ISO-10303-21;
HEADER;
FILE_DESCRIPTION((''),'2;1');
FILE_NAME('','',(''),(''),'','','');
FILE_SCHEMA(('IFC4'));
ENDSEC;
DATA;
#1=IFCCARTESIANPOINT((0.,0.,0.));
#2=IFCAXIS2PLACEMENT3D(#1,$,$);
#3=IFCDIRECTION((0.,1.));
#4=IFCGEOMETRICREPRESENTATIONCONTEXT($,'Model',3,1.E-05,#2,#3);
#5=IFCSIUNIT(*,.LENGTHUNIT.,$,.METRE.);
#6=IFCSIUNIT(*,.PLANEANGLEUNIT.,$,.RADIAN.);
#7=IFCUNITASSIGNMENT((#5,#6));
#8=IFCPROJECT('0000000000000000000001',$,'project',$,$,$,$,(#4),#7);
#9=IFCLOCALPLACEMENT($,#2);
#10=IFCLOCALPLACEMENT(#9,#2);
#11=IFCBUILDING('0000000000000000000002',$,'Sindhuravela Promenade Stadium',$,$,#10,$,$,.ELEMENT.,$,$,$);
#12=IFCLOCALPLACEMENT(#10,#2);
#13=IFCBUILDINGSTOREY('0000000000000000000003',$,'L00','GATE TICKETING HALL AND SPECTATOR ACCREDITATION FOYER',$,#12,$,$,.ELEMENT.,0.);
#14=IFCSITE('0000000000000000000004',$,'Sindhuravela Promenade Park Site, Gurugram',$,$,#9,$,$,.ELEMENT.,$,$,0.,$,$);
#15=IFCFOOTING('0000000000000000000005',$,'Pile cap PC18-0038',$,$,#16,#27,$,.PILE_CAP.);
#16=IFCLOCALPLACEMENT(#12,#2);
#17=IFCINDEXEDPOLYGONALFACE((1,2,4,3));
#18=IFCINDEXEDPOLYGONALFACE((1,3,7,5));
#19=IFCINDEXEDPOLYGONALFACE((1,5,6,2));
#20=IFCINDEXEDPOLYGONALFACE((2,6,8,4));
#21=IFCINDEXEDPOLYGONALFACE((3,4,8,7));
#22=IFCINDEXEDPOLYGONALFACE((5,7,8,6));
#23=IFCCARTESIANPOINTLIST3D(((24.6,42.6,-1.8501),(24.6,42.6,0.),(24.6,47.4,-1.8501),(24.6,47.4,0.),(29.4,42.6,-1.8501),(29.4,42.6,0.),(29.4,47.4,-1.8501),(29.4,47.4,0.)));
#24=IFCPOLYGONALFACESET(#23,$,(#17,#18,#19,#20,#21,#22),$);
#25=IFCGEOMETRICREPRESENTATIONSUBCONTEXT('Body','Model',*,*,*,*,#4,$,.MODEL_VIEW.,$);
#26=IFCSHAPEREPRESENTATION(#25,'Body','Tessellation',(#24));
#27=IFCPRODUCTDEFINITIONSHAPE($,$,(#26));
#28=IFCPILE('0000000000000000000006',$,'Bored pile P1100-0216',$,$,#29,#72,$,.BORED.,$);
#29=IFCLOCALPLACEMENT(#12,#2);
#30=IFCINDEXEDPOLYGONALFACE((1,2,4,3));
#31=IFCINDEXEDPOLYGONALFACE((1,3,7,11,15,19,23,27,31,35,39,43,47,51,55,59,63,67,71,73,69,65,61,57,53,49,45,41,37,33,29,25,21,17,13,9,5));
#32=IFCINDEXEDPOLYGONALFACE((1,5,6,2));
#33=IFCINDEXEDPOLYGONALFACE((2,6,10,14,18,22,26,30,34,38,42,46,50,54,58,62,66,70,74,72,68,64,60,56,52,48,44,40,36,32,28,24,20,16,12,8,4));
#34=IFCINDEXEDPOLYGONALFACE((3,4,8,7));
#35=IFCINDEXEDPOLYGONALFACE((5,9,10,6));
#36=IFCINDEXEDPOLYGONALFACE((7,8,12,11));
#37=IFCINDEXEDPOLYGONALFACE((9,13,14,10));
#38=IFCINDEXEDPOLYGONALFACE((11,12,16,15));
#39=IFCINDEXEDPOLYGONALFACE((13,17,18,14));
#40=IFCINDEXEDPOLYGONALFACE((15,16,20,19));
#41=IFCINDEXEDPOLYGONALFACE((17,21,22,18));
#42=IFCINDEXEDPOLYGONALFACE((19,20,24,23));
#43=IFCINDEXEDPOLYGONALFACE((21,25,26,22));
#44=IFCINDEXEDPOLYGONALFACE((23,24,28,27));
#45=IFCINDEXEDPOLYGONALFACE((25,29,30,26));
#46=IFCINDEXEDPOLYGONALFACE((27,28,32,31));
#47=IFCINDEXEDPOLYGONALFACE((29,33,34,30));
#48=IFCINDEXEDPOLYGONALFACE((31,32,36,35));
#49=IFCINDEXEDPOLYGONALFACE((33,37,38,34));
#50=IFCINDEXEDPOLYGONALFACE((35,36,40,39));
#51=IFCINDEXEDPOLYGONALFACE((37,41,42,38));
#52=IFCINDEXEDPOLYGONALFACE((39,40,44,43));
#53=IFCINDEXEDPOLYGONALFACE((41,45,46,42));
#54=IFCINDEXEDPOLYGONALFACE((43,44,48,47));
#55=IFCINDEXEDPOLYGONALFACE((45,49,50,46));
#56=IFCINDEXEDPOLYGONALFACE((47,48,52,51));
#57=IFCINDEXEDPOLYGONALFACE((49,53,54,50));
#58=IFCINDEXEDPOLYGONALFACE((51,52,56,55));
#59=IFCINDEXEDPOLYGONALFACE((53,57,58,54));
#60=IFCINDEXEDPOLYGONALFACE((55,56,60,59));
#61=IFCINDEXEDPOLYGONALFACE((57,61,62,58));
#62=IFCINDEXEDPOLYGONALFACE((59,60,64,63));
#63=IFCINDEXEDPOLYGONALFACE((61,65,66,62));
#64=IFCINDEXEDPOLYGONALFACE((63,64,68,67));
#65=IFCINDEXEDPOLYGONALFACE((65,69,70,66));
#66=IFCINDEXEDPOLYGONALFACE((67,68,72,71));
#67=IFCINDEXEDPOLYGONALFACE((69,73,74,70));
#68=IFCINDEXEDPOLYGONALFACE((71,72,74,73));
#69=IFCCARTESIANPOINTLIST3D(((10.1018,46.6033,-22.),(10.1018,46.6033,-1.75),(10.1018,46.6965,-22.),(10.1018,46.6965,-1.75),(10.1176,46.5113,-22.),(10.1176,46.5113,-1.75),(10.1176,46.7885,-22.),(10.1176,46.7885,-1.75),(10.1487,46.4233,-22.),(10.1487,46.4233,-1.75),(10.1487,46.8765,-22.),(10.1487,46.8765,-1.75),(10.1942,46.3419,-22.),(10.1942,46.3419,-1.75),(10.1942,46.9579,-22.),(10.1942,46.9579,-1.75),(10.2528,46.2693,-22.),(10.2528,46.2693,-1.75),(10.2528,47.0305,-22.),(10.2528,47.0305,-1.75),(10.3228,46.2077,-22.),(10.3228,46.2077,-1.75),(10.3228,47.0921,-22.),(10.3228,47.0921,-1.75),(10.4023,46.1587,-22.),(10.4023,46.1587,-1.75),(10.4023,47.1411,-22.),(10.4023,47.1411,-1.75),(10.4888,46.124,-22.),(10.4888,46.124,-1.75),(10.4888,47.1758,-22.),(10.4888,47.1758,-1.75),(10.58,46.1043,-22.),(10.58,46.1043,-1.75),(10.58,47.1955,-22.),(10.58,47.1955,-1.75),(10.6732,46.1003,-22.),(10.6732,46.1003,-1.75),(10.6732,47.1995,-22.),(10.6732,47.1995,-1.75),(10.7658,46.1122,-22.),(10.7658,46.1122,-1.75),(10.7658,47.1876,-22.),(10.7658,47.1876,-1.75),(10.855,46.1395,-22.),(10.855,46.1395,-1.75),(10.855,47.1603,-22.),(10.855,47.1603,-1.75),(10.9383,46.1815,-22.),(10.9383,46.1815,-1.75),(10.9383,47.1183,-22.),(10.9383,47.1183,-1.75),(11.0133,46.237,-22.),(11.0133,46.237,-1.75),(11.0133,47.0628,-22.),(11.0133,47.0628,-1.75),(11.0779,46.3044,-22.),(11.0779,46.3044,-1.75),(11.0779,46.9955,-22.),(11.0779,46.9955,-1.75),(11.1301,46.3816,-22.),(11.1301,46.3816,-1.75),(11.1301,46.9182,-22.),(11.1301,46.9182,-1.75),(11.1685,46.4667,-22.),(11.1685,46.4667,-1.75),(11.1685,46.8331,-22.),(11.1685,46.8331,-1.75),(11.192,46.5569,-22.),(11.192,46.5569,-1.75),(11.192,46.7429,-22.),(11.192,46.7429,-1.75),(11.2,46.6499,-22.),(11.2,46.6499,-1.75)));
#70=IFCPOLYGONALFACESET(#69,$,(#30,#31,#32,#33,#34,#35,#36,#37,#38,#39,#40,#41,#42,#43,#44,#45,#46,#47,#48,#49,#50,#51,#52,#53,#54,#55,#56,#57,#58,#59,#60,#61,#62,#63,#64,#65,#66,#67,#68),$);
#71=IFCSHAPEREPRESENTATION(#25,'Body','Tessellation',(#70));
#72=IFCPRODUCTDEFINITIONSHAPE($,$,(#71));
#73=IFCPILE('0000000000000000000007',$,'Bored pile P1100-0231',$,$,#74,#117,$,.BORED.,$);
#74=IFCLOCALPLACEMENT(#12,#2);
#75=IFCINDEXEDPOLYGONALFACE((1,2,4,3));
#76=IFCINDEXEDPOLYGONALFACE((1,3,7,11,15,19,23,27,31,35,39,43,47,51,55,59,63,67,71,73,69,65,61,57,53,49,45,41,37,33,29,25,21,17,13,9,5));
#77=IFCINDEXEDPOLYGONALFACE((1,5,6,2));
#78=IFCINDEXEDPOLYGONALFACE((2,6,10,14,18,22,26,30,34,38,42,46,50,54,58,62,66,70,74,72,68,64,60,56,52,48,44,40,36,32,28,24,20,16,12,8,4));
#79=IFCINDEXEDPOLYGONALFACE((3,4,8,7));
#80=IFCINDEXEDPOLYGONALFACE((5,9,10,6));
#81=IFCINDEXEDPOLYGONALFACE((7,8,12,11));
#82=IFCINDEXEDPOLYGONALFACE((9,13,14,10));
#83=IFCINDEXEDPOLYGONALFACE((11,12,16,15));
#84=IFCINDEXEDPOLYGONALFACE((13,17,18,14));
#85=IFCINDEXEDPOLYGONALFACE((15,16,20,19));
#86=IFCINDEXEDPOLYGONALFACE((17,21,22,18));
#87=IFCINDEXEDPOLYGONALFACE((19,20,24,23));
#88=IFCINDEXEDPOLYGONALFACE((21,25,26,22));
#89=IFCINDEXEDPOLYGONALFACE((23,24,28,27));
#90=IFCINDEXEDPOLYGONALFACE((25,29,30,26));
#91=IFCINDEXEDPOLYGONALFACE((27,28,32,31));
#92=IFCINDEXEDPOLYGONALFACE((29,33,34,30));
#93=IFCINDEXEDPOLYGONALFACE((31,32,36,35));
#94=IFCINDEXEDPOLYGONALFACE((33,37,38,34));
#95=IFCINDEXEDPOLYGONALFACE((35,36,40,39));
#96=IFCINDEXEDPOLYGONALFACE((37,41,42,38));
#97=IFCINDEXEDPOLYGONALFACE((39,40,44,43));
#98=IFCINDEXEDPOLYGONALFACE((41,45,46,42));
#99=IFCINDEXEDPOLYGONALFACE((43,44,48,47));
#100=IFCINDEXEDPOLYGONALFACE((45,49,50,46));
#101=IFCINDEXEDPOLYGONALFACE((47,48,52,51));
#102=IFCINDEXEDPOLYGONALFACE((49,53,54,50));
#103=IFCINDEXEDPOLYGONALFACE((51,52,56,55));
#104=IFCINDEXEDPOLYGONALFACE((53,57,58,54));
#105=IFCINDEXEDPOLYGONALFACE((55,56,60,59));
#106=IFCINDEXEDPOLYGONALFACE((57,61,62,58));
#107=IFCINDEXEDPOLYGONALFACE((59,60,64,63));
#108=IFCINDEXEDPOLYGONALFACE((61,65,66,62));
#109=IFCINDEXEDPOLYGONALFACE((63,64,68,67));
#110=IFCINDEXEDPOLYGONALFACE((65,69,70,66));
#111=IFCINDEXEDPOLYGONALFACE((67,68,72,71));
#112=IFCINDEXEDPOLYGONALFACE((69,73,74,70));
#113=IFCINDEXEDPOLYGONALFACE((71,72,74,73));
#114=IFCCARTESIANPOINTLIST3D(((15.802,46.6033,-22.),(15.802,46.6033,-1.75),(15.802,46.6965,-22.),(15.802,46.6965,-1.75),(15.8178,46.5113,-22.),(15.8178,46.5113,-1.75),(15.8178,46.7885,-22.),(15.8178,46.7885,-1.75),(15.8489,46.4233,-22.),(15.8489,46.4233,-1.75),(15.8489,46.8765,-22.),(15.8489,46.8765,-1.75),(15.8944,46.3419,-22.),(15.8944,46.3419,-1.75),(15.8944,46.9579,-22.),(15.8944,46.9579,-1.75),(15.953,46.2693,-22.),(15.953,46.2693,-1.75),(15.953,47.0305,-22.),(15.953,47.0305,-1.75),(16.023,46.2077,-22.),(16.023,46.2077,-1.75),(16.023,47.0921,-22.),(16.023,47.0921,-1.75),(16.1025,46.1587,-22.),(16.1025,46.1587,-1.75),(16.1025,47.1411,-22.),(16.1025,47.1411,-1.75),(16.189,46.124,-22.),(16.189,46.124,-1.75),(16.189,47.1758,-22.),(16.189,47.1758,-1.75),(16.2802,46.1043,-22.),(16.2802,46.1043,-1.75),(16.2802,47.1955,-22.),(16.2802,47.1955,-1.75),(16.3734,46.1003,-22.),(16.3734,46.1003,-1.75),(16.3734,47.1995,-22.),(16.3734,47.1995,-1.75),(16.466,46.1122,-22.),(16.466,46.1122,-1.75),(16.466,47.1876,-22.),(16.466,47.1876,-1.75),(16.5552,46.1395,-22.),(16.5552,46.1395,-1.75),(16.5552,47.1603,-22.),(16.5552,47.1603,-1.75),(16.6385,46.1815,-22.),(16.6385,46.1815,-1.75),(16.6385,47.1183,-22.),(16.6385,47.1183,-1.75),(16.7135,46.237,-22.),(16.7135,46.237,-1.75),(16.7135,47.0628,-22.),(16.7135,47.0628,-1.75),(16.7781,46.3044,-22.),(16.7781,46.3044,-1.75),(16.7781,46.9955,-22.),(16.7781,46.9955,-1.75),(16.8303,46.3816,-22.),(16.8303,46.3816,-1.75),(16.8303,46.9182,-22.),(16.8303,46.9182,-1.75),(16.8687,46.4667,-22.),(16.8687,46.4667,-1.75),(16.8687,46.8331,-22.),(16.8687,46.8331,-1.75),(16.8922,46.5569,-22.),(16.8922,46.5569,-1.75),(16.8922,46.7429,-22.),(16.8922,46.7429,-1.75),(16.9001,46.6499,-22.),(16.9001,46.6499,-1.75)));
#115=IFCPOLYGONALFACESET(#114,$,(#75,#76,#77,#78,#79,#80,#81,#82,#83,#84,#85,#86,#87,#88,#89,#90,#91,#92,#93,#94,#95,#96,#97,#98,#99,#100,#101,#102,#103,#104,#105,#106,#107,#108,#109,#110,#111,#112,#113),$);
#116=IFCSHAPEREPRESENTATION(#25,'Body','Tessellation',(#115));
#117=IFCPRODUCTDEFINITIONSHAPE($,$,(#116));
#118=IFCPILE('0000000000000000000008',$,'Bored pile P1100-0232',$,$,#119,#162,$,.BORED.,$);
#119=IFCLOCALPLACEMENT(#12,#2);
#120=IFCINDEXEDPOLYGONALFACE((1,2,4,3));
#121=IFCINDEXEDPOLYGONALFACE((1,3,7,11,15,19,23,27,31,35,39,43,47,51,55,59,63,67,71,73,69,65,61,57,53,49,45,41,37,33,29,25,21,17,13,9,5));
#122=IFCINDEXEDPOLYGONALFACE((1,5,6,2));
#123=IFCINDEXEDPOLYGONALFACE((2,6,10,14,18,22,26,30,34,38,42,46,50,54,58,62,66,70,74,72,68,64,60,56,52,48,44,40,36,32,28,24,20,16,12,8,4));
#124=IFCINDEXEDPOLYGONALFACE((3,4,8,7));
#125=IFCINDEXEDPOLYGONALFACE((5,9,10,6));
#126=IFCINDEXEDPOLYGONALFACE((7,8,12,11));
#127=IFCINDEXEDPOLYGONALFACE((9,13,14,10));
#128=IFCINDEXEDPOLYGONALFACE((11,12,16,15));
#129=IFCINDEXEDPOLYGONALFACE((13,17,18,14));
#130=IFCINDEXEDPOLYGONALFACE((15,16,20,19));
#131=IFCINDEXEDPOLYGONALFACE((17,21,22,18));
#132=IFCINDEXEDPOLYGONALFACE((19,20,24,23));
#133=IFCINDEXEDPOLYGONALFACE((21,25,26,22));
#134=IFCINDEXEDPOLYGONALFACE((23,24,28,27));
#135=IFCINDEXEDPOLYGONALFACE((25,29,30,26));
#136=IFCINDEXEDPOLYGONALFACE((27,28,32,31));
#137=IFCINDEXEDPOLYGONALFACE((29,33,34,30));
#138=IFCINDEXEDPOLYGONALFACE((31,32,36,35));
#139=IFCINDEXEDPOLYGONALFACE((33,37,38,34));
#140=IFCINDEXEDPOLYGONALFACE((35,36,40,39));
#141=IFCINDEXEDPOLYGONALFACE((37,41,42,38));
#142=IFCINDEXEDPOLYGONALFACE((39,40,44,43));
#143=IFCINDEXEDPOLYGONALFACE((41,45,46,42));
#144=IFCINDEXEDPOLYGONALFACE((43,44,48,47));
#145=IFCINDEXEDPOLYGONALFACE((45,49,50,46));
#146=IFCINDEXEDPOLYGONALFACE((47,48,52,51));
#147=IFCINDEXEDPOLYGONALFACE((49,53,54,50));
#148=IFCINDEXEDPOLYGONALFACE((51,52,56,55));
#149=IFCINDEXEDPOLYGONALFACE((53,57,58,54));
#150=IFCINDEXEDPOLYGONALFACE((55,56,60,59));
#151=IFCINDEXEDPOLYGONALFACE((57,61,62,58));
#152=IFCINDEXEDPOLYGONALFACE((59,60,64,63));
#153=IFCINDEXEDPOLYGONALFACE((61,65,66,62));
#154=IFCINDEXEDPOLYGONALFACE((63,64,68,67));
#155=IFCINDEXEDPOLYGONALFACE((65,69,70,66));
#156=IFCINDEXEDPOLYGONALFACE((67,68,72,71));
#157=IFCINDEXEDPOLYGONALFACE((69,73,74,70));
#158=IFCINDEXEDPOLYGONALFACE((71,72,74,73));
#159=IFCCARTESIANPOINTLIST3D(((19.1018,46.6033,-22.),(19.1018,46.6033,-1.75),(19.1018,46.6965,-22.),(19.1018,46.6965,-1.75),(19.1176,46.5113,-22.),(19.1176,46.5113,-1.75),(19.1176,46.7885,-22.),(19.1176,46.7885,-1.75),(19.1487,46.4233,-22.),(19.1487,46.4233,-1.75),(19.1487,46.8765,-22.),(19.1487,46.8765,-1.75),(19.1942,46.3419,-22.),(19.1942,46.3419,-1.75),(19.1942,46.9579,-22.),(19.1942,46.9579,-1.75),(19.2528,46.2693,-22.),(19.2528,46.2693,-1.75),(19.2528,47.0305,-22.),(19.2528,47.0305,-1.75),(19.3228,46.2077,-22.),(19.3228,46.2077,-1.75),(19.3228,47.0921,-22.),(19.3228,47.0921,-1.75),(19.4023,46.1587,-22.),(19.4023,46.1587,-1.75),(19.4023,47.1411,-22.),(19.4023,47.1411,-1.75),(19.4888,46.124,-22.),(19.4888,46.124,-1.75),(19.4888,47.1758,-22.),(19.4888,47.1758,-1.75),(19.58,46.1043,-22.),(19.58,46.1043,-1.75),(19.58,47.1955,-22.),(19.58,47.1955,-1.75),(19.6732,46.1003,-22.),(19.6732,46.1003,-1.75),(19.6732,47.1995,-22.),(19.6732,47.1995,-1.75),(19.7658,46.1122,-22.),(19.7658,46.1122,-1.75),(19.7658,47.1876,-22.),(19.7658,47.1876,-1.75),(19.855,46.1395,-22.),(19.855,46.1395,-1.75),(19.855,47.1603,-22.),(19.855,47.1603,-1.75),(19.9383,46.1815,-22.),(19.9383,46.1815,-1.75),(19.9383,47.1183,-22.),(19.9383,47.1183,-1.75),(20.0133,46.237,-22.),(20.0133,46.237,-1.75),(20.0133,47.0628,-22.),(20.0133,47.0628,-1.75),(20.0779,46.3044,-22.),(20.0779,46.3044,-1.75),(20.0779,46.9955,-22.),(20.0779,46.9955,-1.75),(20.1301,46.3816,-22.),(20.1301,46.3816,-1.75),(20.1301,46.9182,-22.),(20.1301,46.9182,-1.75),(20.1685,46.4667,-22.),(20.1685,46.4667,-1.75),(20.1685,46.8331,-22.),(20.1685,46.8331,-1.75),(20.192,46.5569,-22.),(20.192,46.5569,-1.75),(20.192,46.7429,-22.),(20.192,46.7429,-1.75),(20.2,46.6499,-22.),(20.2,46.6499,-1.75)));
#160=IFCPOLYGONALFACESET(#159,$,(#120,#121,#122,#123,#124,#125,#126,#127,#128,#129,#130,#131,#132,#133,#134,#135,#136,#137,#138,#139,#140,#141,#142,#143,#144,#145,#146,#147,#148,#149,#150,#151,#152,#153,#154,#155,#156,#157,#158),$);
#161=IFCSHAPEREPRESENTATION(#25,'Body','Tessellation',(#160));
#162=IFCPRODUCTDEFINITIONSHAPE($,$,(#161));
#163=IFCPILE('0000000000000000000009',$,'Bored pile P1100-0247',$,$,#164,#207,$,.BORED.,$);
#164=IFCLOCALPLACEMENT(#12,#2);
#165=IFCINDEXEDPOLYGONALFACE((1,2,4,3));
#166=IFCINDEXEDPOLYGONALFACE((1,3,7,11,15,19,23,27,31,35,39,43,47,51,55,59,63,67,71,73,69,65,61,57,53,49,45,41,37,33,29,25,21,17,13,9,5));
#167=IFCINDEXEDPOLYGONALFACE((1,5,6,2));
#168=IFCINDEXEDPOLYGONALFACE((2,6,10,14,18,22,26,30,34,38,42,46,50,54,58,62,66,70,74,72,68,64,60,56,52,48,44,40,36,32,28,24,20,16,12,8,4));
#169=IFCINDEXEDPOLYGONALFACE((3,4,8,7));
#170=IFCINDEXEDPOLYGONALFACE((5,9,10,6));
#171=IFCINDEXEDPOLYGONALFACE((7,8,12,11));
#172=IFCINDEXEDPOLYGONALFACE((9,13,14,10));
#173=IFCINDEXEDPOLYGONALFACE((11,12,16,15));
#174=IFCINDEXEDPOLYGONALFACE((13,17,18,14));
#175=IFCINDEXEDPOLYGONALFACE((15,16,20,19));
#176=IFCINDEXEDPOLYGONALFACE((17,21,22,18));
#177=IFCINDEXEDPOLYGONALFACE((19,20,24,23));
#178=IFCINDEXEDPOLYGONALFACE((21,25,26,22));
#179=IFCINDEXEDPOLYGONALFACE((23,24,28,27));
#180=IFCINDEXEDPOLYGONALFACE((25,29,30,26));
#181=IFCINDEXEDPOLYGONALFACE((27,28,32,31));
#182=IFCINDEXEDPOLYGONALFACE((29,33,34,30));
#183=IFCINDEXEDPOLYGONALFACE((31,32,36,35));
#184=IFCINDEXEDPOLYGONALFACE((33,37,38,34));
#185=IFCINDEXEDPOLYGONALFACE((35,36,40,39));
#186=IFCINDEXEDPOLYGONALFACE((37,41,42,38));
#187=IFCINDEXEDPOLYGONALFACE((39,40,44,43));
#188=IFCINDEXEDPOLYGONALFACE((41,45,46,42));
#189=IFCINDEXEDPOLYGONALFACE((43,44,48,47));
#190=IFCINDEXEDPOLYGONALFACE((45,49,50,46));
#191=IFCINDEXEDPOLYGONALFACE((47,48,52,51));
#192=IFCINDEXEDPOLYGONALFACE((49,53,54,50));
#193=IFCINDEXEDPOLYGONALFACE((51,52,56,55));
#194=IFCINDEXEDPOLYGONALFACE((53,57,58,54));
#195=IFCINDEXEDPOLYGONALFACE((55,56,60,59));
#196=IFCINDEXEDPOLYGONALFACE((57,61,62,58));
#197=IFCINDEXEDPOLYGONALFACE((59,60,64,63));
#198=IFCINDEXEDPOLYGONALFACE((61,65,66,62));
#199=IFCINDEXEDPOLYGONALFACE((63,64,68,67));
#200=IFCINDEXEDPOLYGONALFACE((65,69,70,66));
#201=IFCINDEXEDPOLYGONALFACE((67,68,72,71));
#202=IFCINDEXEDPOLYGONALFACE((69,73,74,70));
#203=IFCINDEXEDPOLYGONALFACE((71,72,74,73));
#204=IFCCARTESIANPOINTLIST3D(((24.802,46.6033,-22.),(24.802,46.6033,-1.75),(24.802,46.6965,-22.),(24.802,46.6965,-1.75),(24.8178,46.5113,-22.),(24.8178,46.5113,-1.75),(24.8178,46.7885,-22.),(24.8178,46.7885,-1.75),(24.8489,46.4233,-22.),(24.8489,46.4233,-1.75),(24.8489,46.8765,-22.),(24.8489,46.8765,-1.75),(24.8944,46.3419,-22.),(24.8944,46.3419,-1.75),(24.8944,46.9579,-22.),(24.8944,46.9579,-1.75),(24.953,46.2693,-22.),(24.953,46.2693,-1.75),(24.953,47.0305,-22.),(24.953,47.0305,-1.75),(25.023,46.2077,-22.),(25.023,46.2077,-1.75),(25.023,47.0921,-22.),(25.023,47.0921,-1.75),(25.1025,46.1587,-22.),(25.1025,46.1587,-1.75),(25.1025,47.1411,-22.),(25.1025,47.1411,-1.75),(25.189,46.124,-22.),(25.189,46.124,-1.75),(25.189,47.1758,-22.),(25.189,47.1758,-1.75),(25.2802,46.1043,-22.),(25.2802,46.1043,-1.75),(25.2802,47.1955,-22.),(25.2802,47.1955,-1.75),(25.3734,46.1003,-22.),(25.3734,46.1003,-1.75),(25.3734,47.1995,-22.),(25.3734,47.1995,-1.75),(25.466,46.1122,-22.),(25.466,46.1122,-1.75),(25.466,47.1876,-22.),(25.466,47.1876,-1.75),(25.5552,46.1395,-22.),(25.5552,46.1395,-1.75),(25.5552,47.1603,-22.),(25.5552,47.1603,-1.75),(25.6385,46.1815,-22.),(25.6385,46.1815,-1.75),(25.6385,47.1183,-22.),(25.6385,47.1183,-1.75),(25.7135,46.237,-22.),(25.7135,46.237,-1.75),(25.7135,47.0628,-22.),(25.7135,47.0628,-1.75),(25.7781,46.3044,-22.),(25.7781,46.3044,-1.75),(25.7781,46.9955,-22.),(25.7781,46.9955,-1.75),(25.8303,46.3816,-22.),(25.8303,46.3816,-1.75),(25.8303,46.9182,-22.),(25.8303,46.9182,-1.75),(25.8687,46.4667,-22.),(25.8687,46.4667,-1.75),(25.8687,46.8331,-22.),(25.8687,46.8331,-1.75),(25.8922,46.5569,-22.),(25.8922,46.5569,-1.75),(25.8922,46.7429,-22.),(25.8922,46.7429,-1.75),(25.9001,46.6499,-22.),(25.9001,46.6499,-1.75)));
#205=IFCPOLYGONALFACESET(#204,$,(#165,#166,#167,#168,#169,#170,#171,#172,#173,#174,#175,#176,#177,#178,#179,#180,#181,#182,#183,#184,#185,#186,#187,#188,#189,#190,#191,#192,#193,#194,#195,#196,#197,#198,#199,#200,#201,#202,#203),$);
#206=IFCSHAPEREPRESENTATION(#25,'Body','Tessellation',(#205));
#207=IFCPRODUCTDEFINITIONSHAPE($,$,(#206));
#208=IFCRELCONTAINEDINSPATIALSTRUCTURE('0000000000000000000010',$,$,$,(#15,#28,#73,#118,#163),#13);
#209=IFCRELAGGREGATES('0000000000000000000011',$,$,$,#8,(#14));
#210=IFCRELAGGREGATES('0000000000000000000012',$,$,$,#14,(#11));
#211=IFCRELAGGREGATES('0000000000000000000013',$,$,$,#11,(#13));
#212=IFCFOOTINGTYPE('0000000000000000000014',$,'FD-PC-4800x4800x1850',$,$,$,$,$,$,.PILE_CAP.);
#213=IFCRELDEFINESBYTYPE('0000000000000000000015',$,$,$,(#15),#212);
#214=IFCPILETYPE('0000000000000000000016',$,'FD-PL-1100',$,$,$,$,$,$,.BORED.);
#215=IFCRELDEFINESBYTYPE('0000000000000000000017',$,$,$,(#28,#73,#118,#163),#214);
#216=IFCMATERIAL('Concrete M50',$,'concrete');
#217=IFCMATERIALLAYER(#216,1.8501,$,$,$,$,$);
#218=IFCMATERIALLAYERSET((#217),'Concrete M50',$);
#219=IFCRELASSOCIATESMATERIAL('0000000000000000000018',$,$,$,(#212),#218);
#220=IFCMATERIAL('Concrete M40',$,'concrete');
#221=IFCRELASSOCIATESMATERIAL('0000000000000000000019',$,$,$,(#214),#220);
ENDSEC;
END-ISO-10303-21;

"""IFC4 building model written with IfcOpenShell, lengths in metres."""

from ifc_helpers import new_model, si_unit, direction, frame, origin, origin_2d, place, context, subcontext, project, spatial, rectangle, circle, extrude, material, layer, layer_set, material_profile, profile_set, type_object, element, save


model = new_model("IFC4")

# Units and contexts
model_context = context("Model", 3, precision=1e-05, world=origin(), true_north=direction((0.0, 1.0)))
body_context = subcontext(model_context, "Body", "Model", "MODEL_VIEW")
ifc_project = project(units=[si_unit("LENGTHUNIT", "METRE"), si_unit("PLANEANGLEUNIT", "RADIAN")], contexts=[model_context])

# Site, building, storey
site_placement = place(None, origin())
site = spatial("IfcSite", under=ifc_project, at=site_placement, Name="Sindhuravela Promenade Park Site, Gurugram", CompositionType="ELEMENT", RefElevation=0.0)
building_placement = place(site_placement, origin())
building = spatial("IfcBuilding", under=site, at=building_placement, Name="Sindhuravela Promenade Stadium", CompositionType="ELEMENT")
storey_placement = place(building_placement, origin())
storey = spatial("IfcBuildingStorey", under=building, at=storey_placement, Name="L00", Description="GATE TICKETING HALL AND SPECTATOR ACCREDITATION FOYER", CompositionType="ELEMENT", Elevation=0.0)

# Footing
ifc_material_1 = material(Name="Concrete M50", Category="concrete")
ifc_layer_1 = layer(ifc_material_1, 1.8501)
ifc_layer_set_1 = layer_set([ifc_layer_1], Name="Concrete M50")
footing_type = type_object("IfcFootingType", Name="FD-PC-4800x4800x1850", PredefinedType="PILE_CAP", material=ifc_layer_set_1)
footing_placement = place(storey_placement, frame((27.0, 45.0, -1.8501), z_axis=(0.0, 0.0, 1.0), x_axis=(1.0, 0.0, 0.0)))
element("IfcFooting", 1, at=footing_placement, inside=storey, type_object=footing_type, Name="Pile cap PC18-0038", PredefinedType="PILE_CAP", context=body_context, shape_type="SweptSolid", body=[
    extrude(rectangle(XDim=4.8, YDim=4.8, at=origin_2d()), origin(), (0.0, 0.0, 1.0), 1.8501),
])

# Piles
ifc_material_2 = material(Name="Concrete M40", Category="concrete")
ifc_material_profile_1 = material_profile(ifc_material_2, circle(Radius=0.55, at=origin_2d()), Name="BORED PILE D1100")
ifc_profile_set_1 = profile_set([ifc_material_profile_1], Name="Concrete M40")
pile_type_1 = type_object("IfcPileType", Name="FD-PL-1100", PredefinedType="BORED", material=ifc_profile_set_1)
for number, where, z_axis, x_axis, name in (
    (2, (10.6499, 46.6499, -1.75), (0.0, 0.0, -1.0), (1.0, 0.0, 0.0), "Bored pile P1100-0216"),
    (3, (16.3501, 46.6499, -1.75), (0.0, 0.0, -1.0), (1.0, 0.0, 0.0), "Bored pile P1100-0231"),
    (4, (19.6499, 46.6499, -1.75), (0.0, 0.0, -1.0), (1.0, 0.0, 0.0), "Bored pile P1100-0232"),
    (5, (25.3501, 46.6499, -1.75), (0.0, 0.0, -1.0), (1.0, 0.0, 0.0), "Bored pile P1100-0247"),
):
    element("IfcPile", number, at=place(storey_placement, frame(where, z_axis=z_axis, x_axis=x_axis)), inside=storey, type_object=pile_type_1, Name=name, PredefinedType="BORED", context=body_context, shape_type="SweptSolid", body=[
        extrude(circle(Radius=0.55, at=origin_2d()), origin(), (0.0, 0.0, 1.0), 20.25),
    ])

save(model, "model.ifc")
